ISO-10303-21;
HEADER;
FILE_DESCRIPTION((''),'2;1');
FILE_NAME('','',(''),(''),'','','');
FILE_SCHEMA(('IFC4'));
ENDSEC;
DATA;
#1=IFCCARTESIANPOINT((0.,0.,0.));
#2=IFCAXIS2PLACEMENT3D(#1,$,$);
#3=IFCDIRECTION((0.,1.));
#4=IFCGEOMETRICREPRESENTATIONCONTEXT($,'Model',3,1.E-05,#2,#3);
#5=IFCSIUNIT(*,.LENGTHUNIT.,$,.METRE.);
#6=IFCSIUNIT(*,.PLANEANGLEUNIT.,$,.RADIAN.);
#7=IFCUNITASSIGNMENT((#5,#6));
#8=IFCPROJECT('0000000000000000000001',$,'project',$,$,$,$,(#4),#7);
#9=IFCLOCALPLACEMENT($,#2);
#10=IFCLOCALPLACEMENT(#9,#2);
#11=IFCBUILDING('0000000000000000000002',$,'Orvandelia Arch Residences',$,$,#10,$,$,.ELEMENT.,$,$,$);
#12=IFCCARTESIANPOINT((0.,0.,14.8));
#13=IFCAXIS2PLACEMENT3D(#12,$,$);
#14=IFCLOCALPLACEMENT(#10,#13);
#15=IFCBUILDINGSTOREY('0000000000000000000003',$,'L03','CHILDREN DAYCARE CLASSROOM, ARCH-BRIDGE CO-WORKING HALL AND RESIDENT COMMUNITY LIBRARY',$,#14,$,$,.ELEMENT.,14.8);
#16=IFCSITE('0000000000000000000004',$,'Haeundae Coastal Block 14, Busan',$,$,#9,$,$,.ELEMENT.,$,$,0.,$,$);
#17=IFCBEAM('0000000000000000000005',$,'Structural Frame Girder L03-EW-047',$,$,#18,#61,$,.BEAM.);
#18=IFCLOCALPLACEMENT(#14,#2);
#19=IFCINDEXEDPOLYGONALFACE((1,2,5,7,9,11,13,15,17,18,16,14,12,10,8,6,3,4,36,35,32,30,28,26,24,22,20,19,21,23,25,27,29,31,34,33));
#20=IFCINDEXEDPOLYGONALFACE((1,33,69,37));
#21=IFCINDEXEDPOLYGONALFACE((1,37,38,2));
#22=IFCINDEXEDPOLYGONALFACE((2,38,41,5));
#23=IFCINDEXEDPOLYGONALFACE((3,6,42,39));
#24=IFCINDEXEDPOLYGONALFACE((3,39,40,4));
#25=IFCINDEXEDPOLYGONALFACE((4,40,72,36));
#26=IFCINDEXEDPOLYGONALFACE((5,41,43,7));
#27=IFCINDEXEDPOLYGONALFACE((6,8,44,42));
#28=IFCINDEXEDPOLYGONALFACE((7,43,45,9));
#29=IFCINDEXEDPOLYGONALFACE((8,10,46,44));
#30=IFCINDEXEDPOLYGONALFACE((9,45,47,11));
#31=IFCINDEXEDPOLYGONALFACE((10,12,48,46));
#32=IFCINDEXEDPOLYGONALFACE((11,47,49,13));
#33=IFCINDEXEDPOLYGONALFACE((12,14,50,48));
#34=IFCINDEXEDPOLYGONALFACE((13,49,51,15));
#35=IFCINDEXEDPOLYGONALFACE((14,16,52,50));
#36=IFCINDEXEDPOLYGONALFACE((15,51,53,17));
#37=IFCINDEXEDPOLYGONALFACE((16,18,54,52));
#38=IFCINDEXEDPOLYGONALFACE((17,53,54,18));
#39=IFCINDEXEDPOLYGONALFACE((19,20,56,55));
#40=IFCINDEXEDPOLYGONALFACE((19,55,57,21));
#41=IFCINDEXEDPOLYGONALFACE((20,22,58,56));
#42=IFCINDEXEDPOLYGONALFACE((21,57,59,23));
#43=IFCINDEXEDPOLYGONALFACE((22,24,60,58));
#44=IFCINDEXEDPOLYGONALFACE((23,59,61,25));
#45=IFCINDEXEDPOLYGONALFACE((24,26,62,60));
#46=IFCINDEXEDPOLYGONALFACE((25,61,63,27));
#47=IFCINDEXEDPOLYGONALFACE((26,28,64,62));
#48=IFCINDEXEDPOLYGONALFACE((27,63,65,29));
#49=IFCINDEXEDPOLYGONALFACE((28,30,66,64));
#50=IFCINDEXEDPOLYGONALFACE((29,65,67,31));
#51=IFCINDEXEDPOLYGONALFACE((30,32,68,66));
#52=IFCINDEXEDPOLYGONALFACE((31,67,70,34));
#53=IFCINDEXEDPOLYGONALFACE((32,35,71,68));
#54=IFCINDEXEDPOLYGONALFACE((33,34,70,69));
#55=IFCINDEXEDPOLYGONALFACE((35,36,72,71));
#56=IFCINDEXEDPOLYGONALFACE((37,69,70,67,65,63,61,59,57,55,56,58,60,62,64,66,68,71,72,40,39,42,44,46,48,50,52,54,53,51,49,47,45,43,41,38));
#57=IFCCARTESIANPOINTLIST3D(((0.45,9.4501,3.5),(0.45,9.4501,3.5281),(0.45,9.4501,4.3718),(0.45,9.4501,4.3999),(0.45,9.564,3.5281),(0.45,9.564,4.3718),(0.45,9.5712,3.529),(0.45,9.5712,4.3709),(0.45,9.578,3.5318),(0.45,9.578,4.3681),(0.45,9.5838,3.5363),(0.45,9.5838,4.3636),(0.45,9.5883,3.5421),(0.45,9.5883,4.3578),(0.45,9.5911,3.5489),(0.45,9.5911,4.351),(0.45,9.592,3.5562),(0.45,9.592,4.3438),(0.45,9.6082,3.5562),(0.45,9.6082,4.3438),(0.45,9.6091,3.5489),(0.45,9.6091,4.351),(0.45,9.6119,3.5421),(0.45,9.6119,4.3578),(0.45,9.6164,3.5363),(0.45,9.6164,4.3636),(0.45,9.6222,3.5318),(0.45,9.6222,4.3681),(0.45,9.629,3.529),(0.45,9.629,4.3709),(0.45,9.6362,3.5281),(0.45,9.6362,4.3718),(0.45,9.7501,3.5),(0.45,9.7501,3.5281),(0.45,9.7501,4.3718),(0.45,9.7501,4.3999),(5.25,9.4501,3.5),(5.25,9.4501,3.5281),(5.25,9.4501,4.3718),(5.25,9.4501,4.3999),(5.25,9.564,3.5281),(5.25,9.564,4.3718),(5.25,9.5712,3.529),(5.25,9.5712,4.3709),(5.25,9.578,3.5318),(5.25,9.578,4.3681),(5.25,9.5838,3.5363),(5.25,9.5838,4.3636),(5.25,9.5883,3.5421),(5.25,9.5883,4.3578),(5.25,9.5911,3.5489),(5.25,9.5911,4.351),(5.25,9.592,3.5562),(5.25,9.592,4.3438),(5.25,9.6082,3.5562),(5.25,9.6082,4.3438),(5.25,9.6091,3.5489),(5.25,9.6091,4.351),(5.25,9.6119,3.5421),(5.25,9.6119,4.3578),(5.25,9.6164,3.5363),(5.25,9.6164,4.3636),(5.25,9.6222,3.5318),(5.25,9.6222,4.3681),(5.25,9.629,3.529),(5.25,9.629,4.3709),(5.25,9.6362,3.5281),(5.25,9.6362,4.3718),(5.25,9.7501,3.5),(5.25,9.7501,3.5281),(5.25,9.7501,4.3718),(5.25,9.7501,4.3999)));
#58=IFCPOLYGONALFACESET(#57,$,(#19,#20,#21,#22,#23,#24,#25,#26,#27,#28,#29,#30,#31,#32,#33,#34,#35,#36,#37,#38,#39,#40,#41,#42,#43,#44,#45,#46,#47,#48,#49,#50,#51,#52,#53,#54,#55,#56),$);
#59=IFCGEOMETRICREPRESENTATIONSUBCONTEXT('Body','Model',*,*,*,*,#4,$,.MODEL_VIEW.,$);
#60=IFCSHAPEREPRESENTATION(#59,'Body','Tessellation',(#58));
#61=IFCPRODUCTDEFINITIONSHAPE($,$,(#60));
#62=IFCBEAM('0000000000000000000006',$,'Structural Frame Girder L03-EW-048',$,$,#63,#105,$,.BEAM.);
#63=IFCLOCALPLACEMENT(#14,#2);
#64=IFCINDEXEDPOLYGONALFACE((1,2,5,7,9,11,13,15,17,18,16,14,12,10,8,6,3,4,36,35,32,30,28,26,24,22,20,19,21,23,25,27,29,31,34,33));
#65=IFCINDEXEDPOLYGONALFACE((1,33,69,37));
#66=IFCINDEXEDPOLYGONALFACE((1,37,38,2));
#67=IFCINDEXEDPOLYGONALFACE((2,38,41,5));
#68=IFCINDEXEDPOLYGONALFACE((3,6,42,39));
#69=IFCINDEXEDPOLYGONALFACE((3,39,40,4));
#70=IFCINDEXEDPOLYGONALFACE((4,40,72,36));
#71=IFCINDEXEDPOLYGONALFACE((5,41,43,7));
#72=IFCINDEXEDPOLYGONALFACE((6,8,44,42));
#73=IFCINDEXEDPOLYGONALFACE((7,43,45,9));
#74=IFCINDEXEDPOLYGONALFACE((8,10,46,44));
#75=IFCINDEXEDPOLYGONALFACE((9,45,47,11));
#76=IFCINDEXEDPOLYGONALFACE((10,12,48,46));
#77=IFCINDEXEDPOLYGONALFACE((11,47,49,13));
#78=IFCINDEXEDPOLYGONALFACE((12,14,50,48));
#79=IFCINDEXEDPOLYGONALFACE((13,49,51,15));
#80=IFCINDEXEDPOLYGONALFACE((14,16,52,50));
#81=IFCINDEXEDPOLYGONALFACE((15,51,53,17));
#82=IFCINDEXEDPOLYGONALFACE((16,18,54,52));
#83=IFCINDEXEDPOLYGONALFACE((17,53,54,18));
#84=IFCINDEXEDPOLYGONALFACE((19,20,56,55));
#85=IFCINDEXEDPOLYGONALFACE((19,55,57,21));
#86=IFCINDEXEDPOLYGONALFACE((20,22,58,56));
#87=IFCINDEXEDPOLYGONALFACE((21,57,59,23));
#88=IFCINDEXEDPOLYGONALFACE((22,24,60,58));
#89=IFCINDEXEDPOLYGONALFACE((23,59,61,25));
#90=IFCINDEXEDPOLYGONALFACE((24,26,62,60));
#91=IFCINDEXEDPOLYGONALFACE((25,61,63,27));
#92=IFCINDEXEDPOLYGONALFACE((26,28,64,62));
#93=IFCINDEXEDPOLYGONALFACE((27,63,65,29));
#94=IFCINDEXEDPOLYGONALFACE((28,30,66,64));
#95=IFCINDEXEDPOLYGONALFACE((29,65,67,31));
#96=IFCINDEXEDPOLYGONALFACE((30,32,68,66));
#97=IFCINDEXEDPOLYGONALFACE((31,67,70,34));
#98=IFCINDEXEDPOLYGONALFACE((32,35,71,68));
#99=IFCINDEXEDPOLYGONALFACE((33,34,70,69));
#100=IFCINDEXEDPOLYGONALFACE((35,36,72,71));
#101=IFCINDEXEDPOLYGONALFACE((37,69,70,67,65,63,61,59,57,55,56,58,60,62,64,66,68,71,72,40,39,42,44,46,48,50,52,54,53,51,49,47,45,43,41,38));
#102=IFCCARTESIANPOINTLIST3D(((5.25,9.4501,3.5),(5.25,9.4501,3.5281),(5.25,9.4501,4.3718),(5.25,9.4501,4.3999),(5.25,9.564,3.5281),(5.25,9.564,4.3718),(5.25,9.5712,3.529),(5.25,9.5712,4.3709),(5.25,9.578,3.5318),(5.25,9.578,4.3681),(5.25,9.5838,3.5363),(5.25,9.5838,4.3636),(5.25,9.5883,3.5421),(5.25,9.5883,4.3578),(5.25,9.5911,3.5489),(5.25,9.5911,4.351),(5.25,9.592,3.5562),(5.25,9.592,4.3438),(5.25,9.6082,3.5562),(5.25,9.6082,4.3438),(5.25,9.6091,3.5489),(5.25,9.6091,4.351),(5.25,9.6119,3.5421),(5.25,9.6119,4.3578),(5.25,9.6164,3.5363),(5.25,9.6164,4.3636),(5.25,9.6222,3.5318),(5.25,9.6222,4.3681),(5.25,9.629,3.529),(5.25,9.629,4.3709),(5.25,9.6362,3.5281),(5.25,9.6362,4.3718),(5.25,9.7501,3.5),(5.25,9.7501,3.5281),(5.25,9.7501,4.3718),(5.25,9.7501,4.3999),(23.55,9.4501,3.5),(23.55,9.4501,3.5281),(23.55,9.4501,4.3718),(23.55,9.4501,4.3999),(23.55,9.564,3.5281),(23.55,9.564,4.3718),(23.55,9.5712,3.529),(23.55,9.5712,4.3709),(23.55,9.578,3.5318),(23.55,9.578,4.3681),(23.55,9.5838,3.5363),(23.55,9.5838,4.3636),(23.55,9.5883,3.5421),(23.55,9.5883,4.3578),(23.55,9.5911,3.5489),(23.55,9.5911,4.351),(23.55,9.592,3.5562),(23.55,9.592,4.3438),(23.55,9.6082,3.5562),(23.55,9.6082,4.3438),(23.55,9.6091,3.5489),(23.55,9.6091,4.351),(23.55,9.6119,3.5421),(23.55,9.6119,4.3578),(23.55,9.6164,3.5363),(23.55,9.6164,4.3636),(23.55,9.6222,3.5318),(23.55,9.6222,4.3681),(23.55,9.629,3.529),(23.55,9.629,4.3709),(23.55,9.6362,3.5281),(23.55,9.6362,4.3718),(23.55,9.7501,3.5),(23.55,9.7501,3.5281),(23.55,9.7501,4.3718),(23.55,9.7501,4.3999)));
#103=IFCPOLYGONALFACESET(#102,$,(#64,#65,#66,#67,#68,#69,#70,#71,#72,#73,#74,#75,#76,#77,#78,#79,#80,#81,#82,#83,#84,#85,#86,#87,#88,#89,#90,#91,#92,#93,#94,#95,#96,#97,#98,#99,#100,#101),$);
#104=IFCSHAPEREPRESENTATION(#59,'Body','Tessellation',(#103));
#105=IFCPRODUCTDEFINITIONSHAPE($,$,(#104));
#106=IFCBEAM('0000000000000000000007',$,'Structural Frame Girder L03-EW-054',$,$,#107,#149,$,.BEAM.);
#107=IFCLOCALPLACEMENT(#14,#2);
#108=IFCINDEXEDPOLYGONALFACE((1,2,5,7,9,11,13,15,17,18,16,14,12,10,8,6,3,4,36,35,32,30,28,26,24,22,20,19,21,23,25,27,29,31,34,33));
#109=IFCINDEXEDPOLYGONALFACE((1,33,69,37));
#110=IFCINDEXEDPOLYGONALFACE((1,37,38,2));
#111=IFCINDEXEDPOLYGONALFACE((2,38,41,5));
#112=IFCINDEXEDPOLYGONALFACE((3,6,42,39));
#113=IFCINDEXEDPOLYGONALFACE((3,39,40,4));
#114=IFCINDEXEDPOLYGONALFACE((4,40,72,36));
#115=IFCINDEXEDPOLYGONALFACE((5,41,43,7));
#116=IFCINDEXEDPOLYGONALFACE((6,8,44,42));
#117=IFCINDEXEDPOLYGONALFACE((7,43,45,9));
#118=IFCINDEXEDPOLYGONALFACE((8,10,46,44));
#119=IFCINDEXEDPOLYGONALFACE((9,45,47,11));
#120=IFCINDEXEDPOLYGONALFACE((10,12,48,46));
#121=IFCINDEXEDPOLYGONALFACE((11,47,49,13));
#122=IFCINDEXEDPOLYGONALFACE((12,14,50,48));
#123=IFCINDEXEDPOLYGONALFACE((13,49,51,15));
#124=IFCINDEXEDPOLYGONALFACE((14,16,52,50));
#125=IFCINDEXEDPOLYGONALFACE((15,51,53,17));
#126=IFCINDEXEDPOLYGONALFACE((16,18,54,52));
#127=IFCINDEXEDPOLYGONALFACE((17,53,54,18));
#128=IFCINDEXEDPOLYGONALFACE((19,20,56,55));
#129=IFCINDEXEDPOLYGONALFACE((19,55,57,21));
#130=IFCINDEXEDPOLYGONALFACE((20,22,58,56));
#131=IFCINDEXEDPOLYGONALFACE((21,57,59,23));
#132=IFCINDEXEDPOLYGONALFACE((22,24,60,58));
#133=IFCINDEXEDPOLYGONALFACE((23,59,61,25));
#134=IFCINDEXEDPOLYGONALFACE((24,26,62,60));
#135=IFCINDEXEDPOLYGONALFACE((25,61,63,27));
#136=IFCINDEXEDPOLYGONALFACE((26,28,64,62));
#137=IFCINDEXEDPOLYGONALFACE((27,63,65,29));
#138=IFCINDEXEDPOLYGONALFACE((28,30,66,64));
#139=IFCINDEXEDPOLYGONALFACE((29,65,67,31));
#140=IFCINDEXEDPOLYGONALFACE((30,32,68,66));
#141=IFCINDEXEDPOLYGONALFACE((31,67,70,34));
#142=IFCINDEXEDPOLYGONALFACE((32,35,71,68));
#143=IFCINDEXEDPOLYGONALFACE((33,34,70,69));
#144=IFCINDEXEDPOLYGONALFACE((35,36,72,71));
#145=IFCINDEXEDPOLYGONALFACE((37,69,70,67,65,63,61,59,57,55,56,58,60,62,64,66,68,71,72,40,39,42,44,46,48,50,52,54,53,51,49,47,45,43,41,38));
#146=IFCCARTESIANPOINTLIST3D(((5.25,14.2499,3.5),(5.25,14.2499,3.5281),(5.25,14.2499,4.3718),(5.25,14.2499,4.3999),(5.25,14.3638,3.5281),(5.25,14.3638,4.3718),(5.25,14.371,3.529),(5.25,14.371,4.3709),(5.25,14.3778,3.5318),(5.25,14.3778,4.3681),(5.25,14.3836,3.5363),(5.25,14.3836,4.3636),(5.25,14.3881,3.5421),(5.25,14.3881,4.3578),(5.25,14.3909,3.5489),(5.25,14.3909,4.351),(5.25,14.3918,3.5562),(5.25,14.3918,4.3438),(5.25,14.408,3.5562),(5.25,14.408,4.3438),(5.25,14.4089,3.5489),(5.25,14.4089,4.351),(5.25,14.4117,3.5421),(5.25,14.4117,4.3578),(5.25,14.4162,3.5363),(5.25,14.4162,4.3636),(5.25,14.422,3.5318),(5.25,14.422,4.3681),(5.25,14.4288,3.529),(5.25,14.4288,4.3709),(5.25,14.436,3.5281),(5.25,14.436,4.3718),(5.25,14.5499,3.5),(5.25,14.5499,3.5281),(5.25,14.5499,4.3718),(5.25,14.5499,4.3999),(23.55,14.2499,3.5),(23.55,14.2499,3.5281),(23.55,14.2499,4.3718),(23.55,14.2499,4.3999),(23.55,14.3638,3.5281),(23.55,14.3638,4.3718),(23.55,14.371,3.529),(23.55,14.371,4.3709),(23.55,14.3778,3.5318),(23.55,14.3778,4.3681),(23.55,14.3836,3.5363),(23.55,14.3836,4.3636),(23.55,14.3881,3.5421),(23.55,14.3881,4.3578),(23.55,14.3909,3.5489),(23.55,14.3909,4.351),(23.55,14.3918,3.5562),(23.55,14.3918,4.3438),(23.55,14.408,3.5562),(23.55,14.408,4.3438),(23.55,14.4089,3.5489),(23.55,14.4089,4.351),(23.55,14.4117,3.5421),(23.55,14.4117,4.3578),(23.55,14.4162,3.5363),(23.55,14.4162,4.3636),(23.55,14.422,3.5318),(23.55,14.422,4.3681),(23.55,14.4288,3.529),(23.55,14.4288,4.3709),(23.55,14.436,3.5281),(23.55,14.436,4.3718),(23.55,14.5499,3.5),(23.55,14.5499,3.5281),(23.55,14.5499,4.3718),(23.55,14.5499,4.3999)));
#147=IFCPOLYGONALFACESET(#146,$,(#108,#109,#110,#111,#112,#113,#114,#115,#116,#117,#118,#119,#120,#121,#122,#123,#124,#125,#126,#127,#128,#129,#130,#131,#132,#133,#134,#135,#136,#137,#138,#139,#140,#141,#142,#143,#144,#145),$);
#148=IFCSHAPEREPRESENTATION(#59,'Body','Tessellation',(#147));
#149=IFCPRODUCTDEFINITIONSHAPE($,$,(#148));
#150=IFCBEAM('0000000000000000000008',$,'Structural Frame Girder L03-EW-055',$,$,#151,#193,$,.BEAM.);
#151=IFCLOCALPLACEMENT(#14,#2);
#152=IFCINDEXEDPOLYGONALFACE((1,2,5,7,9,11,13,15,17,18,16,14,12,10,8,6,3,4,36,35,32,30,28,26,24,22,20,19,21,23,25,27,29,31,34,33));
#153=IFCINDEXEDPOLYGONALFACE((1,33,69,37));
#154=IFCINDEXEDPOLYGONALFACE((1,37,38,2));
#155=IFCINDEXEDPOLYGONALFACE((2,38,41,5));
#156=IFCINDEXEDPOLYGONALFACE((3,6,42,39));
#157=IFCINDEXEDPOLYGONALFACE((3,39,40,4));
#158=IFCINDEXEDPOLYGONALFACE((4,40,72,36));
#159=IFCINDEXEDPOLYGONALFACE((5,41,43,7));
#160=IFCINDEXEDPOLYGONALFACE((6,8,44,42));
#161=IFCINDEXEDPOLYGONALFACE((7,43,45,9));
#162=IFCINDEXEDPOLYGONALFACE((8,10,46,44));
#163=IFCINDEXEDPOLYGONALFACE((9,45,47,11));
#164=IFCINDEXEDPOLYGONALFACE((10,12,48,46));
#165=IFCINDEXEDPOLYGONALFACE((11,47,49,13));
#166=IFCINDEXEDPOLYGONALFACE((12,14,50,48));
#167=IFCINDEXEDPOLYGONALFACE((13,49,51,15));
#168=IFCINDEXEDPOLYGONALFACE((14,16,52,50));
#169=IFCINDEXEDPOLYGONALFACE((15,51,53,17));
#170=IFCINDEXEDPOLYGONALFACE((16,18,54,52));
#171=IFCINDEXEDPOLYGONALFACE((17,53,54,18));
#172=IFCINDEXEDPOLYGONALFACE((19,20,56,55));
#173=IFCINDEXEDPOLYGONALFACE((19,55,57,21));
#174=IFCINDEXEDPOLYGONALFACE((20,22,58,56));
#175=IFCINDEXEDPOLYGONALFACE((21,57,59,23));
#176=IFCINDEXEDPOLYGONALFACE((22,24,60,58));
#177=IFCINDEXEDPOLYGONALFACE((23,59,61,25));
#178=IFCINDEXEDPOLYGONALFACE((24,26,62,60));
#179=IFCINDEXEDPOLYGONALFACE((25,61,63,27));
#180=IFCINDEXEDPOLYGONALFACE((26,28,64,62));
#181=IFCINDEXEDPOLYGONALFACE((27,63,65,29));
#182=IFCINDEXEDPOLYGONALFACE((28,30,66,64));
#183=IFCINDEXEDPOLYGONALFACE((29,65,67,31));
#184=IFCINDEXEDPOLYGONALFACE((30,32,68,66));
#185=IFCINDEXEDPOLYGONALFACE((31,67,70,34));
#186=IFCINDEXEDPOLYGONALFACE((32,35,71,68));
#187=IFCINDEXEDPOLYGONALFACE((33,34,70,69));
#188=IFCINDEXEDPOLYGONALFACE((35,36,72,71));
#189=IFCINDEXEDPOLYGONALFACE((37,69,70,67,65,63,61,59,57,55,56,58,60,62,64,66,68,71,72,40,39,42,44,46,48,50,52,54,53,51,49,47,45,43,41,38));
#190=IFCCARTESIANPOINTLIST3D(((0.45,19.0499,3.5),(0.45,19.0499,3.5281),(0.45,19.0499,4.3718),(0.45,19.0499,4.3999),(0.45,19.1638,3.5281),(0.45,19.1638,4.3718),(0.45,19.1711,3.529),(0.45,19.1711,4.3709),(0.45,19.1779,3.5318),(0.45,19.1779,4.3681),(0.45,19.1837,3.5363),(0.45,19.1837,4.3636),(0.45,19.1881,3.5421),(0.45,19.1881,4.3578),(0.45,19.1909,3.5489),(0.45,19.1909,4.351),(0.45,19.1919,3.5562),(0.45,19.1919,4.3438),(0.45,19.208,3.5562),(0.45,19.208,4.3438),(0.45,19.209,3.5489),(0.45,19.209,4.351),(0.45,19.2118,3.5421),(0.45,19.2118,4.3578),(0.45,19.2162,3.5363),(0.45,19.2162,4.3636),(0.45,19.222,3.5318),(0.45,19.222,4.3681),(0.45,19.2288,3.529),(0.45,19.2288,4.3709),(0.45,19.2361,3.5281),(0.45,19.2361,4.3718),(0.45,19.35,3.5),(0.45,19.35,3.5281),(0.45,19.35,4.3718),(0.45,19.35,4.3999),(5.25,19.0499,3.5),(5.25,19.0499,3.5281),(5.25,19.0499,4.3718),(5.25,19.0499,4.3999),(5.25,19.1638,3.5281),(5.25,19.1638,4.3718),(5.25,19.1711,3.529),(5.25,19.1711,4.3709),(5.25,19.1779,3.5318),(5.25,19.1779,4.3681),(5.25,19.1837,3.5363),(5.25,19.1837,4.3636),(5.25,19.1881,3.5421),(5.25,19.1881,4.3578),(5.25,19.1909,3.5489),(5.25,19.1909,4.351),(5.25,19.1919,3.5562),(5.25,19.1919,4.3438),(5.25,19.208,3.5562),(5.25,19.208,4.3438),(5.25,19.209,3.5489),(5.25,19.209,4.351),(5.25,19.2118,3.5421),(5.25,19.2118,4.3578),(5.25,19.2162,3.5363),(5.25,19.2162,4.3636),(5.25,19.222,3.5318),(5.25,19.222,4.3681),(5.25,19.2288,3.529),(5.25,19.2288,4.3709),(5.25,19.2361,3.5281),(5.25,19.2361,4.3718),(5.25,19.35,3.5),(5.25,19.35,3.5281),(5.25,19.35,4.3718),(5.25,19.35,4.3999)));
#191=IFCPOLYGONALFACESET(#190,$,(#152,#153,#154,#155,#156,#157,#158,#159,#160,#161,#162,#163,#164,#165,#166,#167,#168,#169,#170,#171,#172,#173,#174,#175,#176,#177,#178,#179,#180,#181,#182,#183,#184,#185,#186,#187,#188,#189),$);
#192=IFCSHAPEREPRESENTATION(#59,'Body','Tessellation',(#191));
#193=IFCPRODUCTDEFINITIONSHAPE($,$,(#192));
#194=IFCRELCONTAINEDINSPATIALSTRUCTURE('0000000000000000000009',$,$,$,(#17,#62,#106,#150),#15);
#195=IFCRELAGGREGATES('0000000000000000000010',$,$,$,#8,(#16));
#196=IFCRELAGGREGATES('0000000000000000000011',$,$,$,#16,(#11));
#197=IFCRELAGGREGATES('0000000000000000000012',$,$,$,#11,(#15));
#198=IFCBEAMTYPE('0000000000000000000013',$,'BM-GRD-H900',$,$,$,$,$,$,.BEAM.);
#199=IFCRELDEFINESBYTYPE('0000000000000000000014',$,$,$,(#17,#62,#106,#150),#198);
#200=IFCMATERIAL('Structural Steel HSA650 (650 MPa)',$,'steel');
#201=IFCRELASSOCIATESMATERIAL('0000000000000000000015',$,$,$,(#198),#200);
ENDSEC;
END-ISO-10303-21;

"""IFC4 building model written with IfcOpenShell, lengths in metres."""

from ifc_helpers import new_model, si_unit, direction, frame, origin, origin_2d, place, context, subcontext, project, spatial, i_section, extrude, material, material_profile, profile_set, type_object, element, save


model = new_model("IFC4")

# Units and contexts
model_context = context("Model", 3, precision=1e-05, world=origin(), true_north=direction((0.0, 1.0)))
body_context = subcontext(model_context, "Body", "Model", "MODEL_VIEW")
ifc_project = project(units=[si_unit("LENGTHUNIT", "METRE"), si_unit("PLANEANGLEUNIT", "RADIAN")], contexts=[model_context])

# Site, building, storey
site_placement = place(None, origin())
site = spatial("IfcSite", under=ifc_project, at=site_placement, Name="Haeundae Coastal Block 14, Busan", CompositionType="ELEMENT", RefElevation=0.0)
building_placement = place(site_placement, origin())
building = spatial("IfcBuilding", under=site, at=building_placement, Name="Orvandelia Arch Residences", CompositionType="ELEMENT")
storey_placement = place(building_placement, frame((0.0, 0.0, 14.8)))
storey = spatial("IfcBuildingStorey", under=building, at=storey_placement, Name="L03", Description="CHILDREN DAYCARE CLASSROOM, ARCH-BRIDGE CO-WORKING HALL AND RESIDENT COMMUNITY LIBRARY", CompositionType="ELEMENT", Elevation=14.8)

# Beams
ifc_material_1 = material(Name="Structural Steel HSA650 (650 MPa)", Category="steel")
ifc_material_profile_1 = material_profile(ifc_material_1, i_section(OverallWidth=0.3, OverallDepth=0.8999, WebThickness=0.0161, FlangeThickness=0.0281, FilletRadius=0.0281, at=origin_2d()), Name="Structural Steel HSA650 (650 MPa)", Category="steel")
ifc_profile_set_1 = profile_set([ifc_material_profile_1], Name="Structural Steel HSA650 (650 MPa)")
beam_type_1 = type_object("IfcBeamType", Name="BM-GRD-H900", PredefinedType="BEAM", material=ifc_profile_set_1)
for number, where, z_axis, x_axis, name in (
    (1, (0.45, 9.6001, 3.95), (1.0, 0.0, 0.0), (0.0, 1.0, 0.0), "Structural Frame Girder L03-EW-047"),
):
    element("IfcBeam", number, at=place(storey_placement, frame(where, z_axis=z_axis, x_axis=x_axis)), inside=storey, type_object=beam_type_1, Name=name, PredefinedType="BEAM", context=body_context, shape_type="SweptSolid", body=[
        extrude(i_section(OverallWidth=0.3, OverallDepth=0.8999, WebThickness=0.0161, FlangeThickness=0.0281, FilletRadius=0.0281, at=origin_2d()), origin(), (0.0, 0.0, 1.0), 4.8),
    ])
for number, where, z_axis, x_axis, name in (
    (2, (5.25, 9.6001, 3.95), (1.0, 0.0, 0.0), (0.0, 1.0, 0.0), "Structural Frame Girder L03-EW-048"),
    (3, (5.25, 14.3999, 3.95), (1.0, 0.0, 0.0), (0.0, 1.0, 0.0), "Structural Frame Girder L03-EW-054"),
):
    element("IfcBeam", number, at=place(storey_placement, frame(where, z_axis=z_axis, x_axis=x_axis)), inside=storey, type_object=beam_type_1, Name=name, PredefinedType="BEAM", context=body_context, shape_type="SweptSolid", body=[
        extrude(i_section(OverallWidth=0.3, OverallDepth=0.8999, WebThickness=0.0161, FlangeThickness=0.0281, FilletRadius=0.0281, at=origin_2d()), origin(), (0.0, 0.0, 1.0), 18.3),
    ])
beam_1_placement = place(storey_placement, frame((0.45, 19.2, 3.95), z_axis=(1.0, 0.0, 0.0), x_axis=(0.0, 1.0, 0.0)))
element("IfcBeam", 4, at=beam_1_placement, inside=storey, type_object=beam_type_1, Name="Structural Frame Girder L03-EW-055", PredefinedType="BEAM", context=body_context, shape_type="SweptSolid", body=[
    extrude(i_section(OverallWidth=0.3, OverallDepth=0.8999, WebThickness=0.0161, FlangeThickness=0.0281, FilletRadius=0.0281, at=origin_2d()), origin(), (0.0, 0.0, 1.0), 4.8),
])

save(model, "model.ifc")
